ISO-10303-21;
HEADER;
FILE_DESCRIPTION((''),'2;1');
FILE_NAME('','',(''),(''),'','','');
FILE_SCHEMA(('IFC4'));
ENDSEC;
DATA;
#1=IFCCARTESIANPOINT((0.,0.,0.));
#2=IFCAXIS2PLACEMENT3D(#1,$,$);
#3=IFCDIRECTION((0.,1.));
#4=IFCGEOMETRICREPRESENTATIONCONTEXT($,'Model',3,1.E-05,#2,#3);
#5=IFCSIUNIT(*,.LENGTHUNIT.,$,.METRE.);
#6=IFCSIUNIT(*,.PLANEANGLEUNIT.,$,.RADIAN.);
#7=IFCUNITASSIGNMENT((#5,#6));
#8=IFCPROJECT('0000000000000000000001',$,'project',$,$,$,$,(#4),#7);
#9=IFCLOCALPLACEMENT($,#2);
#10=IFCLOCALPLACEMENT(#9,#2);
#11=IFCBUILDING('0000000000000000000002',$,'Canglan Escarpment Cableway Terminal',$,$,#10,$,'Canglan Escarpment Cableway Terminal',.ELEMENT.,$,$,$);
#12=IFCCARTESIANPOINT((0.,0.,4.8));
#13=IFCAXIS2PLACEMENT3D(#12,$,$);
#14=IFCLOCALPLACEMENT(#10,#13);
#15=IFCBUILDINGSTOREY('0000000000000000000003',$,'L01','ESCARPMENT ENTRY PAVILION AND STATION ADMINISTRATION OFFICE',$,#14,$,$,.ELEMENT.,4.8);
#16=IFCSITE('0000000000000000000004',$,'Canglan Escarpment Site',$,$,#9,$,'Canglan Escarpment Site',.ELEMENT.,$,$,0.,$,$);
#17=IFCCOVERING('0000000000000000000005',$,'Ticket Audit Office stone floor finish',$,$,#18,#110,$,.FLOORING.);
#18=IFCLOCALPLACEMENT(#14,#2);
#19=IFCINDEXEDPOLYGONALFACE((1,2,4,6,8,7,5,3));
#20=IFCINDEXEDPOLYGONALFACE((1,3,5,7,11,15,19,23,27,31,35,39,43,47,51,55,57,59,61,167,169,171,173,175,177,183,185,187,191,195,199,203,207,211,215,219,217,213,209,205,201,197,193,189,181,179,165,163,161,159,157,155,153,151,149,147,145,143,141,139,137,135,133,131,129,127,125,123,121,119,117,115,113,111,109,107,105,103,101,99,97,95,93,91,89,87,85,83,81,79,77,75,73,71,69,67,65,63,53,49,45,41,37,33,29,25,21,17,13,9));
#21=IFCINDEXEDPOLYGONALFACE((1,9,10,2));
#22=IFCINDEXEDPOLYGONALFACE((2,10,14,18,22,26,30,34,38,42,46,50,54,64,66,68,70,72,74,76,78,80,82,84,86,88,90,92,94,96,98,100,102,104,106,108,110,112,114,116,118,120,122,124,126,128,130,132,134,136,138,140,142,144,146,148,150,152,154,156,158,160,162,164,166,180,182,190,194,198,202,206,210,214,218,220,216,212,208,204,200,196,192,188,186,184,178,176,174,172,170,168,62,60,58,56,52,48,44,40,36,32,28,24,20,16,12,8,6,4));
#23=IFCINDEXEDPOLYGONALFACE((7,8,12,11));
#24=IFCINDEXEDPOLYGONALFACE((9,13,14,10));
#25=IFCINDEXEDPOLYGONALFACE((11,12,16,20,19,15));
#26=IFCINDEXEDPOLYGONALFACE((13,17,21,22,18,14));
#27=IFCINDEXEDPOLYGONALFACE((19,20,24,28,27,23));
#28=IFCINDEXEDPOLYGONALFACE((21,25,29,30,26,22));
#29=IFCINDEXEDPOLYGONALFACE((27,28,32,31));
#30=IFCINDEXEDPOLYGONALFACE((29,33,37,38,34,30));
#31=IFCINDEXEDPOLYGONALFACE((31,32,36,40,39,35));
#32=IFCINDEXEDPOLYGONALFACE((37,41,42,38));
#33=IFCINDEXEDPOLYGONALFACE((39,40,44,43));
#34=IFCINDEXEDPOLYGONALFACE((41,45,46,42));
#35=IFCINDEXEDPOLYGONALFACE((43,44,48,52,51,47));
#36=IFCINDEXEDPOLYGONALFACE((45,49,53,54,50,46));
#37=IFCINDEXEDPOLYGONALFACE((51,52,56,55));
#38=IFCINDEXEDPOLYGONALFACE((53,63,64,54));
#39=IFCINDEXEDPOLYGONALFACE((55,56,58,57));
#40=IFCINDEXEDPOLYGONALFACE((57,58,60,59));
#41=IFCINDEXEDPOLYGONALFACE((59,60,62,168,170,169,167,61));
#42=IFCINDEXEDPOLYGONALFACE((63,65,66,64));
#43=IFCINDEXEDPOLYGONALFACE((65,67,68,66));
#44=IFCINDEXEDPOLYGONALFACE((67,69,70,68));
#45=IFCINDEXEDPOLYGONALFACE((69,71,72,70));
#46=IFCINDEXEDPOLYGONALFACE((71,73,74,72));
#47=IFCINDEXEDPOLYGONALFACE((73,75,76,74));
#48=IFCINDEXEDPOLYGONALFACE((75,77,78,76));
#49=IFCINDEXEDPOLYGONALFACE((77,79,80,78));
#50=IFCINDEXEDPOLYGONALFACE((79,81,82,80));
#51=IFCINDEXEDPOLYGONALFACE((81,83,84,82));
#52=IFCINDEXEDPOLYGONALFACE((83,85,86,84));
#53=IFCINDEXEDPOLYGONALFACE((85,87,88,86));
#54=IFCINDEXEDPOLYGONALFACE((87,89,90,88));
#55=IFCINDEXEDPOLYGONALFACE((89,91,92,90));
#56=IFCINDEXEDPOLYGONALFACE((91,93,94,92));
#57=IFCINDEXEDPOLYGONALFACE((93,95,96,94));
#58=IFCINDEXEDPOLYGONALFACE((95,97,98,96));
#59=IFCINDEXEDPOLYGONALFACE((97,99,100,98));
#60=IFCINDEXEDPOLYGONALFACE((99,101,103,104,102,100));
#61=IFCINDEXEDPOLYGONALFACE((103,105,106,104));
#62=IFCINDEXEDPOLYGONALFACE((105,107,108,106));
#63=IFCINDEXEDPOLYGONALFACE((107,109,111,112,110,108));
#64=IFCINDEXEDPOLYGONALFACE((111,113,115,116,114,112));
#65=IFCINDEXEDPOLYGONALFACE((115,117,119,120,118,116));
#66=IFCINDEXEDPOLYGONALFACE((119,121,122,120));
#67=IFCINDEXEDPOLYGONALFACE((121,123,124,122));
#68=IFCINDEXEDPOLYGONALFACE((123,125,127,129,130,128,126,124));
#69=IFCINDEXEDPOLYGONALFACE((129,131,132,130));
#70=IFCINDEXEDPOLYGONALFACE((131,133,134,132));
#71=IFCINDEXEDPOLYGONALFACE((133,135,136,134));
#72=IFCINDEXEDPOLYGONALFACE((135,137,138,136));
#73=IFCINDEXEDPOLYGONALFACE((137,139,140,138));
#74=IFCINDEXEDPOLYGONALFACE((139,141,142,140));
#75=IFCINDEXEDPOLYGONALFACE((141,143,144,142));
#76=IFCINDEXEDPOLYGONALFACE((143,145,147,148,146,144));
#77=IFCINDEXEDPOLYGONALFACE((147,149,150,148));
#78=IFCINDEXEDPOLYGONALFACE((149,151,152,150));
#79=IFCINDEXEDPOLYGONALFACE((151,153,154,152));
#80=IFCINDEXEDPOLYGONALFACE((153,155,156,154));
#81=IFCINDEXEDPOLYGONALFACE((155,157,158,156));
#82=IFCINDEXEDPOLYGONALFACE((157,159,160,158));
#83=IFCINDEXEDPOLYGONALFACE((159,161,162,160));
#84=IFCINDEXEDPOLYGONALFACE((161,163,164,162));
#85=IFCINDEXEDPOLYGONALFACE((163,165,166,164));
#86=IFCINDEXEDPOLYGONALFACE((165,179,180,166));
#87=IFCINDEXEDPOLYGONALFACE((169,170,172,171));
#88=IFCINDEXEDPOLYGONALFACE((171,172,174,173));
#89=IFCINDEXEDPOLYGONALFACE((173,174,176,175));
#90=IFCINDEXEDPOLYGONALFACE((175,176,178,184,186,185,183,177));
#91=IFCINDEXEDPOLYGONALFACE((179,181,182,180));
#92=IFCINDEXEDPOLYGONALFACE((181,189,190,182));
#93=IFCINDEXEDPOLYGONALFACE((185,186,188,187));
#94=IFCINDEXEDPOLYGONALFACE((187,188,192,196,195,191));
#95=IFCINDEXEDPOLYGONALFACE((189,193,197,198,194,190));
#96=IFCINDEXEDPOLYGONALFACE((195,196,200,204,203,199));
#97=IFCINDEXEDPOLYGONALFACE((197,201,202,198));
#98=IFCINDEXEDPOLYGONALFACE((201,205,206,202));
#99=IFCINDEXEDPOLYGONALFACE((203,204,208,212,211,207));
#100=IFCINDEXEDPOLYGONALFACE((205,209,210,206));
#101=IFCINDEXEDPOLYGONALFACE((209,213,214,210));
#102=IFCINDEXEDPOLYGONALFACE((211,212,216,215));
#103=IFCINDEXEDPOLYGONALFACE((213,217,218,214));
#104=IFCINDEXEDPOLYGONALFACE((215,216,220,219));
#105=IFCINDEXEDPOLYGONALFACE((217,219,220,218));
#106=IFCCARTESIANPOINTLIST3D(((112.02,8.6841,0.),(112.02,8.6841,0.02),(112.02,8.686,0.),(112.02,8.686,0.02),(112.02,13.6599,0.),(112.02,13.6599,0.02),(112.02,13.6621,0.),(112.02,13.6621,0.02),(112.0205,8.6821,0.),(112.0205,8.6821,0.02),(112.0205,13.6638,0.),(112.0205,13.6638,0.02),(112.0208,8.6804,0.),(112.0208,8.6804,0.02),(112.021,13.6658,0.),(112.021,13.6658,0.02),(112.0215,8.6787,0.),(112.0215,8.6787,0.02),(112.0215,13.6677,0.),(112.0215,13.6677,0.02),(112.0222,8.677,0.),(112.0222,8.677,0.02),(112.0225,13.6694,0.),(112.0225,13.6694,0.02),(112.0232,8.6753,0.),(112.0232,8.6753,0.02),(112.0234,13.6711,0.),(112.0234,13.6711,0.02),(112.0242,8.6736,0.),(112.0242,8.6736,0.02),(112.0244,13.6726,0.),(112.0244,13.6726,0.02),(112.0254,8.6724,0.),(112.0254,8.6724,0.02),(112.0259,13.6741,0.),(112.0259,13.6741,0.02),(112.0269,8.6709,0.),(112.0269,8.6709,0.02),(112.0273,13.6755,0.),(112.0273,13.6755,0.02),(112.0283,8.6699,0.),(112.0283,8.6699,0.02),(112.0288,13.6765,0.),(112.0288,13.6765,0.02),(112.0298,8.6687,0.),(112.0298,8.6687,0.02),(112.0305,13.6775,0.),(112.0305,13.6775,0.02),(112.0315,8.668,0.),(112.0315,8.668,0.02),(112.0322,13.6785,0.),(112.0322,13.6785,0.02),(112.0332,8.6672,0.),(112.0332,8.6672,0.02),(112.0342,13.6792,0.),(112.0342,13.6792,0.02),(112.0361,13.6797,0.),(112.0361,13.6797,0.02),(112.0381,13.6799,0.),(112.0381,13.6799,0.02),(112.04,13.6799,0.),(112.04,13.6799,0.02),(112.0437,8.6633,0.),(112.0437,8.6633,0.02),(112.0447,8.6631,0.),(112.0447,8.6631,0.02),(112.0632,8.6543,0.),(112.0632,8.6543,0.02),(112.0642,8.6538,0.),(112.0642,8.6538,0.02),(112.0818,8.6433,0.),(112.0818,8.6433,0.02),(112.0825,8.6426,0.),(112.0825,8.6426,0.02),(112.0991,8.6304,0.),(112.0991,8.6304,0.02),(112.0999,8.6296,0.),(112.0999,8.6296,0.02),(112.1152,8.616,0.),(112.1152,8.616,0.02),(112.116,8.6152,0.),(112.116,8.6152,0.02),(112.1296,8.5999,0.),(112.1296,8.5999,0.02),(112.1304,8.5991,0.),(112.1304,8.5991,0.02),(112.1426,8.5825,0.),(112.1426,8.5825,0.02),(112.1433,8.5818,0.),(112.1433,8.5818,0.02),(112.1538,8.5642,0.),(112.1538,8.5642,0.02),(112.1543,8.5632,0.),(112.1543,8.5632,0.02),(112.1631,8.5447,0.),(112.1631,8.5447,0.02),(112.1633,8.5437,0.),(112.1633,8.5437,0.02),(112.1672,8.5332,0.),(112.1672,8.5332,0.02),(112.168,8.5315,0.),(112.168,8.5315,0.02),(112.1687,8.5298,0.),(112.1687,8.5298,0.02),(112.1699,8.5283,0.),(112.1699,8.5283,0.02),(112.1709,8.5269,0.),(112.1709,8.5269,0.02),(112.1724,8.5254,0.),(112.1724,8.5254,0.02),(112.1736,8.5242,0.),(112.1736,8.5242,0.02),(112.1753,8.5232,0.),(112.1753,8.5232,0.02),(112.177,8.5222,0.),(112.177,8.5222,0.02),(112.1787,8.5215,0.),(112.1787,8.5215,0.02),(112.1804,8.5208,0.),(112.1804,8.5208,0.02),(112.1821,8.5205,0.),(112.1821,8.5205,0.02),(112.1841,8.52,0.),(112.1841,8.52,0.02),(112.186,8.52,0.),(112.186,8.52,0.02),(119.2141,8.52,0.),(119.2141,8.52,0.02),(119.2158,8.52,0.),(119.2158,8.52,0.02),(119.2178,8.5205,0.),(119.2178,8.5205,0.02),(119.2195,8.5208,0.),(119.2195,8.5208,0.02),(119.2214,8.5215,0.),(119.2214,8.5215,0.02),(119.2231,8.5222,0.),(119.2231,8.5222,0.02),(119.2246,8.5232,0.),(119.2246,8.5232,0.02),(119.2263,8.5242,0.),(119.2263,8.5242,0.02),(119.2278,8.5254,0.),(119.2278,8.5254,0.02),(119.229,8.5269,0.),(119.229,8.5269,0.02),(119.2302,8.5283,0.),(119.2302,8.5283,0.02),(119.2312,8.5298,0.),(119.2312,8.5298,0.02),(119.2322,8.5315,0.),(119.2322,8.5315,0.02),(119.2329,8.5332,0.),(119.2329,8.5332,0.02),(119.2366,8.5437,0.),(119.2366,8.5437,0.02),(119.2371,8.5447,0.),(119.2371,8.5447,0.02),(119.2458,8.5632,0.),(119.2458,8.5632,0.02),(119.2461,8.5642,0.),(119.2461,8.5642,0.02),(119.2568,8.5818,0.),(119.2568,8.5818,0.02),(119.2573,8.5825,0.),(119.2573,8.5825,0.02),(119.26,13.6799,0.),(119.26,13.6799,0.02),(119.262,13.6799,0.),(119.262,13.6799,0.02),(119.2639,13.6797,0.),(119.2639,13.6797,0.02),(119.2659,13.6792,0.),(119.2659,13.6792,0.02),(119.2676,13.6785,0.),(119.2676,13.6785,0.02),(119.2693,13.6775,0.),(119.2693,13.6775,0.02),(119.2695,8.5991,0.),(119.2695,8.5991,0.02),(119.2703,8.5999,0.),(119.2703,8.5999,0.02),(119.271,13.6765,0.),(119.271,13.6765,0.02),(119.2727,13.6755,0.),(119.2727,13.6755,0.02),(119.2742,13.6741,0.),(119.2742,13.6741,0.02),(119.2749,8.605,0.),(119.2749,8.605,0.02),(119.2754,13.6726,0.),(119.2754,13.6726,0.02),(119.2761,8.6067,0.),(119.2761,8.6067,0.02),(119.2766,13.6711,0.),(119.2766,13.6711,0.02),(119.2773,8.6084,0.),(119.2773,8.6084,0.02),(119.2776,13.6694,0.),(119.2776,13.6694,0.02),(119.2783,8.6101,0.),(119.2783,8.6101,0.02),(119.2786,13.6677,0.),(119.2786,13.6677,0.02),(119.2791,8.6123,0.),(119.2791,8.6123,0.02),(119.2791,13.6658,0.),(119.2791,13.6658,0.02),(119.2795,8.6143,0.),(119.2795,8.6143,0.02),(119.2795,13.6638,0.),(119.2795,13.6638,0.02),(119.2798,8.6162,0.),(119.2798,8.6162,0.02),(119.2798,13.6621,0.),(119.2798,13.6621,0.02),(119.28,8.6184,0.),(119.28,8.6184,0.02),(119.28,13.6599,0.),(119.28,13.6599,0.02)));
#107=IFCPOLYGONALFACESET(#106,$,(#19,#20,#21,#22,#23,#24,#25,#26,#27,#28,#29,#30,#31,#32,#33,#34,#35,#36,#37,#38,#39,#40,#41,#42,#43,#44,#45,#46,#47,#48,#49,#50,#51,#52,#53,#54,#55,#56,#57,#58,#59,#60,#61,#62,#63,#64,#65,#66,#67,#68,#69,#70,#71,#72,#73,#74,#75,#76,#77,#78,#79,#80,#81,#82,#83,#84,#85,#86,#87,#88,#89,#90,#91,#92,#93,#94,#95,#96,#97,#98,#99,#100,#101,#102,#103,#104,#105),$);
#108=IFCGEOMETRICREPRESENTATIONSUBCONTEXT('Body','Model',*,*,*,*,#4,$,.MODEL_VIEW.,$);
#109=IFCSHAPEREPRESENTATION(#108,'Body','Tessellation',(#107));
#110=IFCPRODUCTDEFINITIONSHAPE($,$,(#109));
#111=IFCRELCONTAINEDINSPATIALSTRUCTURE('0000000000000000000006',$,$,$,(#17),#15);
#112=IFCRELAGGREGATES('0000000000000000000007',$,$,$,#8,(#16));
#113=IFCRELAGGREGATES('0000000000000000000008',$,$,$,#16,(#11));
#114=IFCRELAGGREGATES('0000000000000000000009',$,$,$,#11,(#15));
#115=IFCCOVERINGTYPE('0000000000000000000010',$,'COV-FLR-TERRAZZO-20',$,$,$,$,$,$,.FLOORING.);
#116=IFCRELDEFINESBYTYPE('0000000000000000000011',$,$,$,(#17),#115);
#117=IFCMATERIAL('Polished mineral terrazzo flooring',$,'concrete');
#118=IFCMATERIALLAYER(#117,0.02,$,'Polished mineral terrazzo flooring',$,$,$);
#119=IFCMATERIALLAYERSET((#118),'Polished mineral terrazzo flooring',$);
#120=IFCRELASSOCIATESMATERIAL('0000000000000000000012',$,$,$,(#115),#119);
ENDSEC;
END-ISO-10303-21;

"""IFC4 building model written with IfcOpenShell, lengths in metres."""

from ifc_helpers import new_model, si_unit, direction, frame, origin, place, context, subcontext, project, spatial, polyline, outline, extrude, material, layer, layer_set, type_object, element, save


model = new_model("IFC4")

# Units and contexts
model_context = context("Model", 3, precision=1e-05, world=origin(), true_north=direction((0.0, 1.0)))
body_context = subcontext(model_context, "Body", "Model", "MODEL_VIEW")
ifc_project = project(units=[si_unit("LENGTHUNIT", "METRE"), si_unit("PLANEANGLEUNIT", "RADIAN")], contexts=[model_context])

# Site, building, storey
site_placement = place(None, origin())
site = spatial("IfcSite", under=ifc_project, at=site_placement, Name="Canglan Escarpment Site", LongName="Canglan Escarpment Site", CompositionType="ELEMENT", RefElevation=0.0)
building_placement = place(site_placement, origin())
building = spatial("IfcBuilding", under=site, at=building_placement, Name="Canglan Escarpment Cableway Terminal", LongName="Canglan Escarpment Cableway Terminal", CompositionType="ELEMENT")
storey_placement = place(building_placement, frame((0.0, 0.0, 4.8)))
storey = spatial("IfcBuildingStorey", under=building, at=storey_placement, Name="L01", Description="ESCARPMENT ENTRY PAVILION AND STATION ADMINISTRATION OFFICE", CompositionType="ELEMENT", Elevation=4.8)

# Covering
ifc_material_1 = material(Name="Polished mineral terrazzo flooring", Category="concrete")
ifc_layer_1 = layer(ifc_material_1, 0.02, Name="Polished mineral terrazzo flooring")
ifc_layer_set_1 = layer_set([ifc_layer_1], Name="Polished mineral terrazzo flooring")
covering_type_1 = type_object("IfcCoveringType", Name="COV-FLR-TERRAZZO-20", PredefinedType="FLOORING", material=ifc_layer_set_1)
covering_1_placement = place(storey_placement, origin())
element("IfcCovering", 1, at=covering_1_placement, inside=storey, type_object=covering_type_1, Name="Ticket Audit Office stone floor finish", PredefinedType="FLOORING", context=body_context, shape_type="SweptSolid", body=[
    extrude(outline(polyline([(112.0332, 8.6672), (112.0315, 8.668), (112.0298, 8.6687), (112.0283, 8.6699), (112.0269, 8.6709), (112.0254, 8.6724), (112.0242, 8.6736), (112.0232, 8.6753), (112.0222, 8.677), (112.0215, 8.6787), (112.0208, 8.6804), (112.0205, 8.6821), (112.02, 8.6841), (112.02, 8.686), (112.02, 13.6599), (112.02, 13.6621), (112.0205, 13.6638), (112.021, 13.6658), (112.0215, 13.6677), (112.0225, 13.6694), (112.0234, 13.6711), (112.0244, 13.6726), (112.0259, 13.6741), (112.0273, 13.6755), (112.0288, 13.6765), (112.0305, 13.6775), (112.0322, 13.6785), (112.0342, 13.6792), (112.0361, 13.6797), (112.0381, 13.6799), (112.04, 13.6799), (119.26, 13.6799), (119.262, 13.6799), (119.2639, 13.6797), (119.2659, 13.6792), (119.2676, 13.6785), (119.2693, 13.6775), (119.271, 13.6765), (119.2727, 13.6755), (119.2742, 13.6741), (119.2754, 13.6726), (119.2766, 13.6711), (119.2776, 13.6694), (119.2786, 13.6677), (119.2791, 13.6658), (119.2795, 13.6638), (119.2798, 13.6621), (119.28, 13.6599), (119.28, 8.6184), (119.2798, 8.6162), (119.2795, 8.6143), (119.2791, 8.6123), (119.2783, 8.6101), (119.2773, 8.6084), (119.2761, 8.6067), (119.2749, 8.605), (119.2703, 8.5999), (119.2695, 8.5991), (119.2573, 8.5825), (119.2568, 8.5818), (119.2461, 8.5642), (119.2458, 8.5632), (119.2371, 8.5447), (119.2366, 8.5437), (119.2329, 8.5332), (119.2322, 8.5315), (119.2312, 8.5298), (119.2302, 8.5283), (119.229, 8.5269), (119.2278, 8.5254), (119.2263, 8.5242), (119.2246, 8.5232), (119.2231, 8.5222), (119.2214, 8.5215), (119.2195, 8.5208), (119.2178, 8.5205), (119.2158, 8.52), (119.2141, 8.52), (112.186, 8.52), (112.1841, 8.52), (112.1821, 8.5205), (112.1804, 8.5208), (112.1787, 8.5215), (112.177, 8.5222), (112.1753, 8.5232), (112.1736, 8.5242), (112.1724, 8.5254), (112.1709, 8.5269), (112.1699, 8.5283), (112.1687, 8.5298), (112.168, 8.5315), (112.1672, 8.5332), (112.1633, 8.5437), (112.1631, 8.5447), (112.1543, 8.5632), (112.1538, 8.5642), (112.1433, 8.5818), (112.1426, 8.5825), (112.1304, 8.5991), (112.1296, 8.5999), (112.116, 8.6152), (112.1152, 8.616), (112.0999, 8.6296), (112.0991, 8.6304), (112.0825, 8.6426), (112.0818, 8.6433), (112.0642, 8.6538), (112.0632, 8.6543), (112.0447, 8.6631), (112.0437, 8.6633), (112.0332, 8.6672)])), origin(), (0.0, 0.0, 1.0), 0.02),
])

save(model, "model.ifc")
